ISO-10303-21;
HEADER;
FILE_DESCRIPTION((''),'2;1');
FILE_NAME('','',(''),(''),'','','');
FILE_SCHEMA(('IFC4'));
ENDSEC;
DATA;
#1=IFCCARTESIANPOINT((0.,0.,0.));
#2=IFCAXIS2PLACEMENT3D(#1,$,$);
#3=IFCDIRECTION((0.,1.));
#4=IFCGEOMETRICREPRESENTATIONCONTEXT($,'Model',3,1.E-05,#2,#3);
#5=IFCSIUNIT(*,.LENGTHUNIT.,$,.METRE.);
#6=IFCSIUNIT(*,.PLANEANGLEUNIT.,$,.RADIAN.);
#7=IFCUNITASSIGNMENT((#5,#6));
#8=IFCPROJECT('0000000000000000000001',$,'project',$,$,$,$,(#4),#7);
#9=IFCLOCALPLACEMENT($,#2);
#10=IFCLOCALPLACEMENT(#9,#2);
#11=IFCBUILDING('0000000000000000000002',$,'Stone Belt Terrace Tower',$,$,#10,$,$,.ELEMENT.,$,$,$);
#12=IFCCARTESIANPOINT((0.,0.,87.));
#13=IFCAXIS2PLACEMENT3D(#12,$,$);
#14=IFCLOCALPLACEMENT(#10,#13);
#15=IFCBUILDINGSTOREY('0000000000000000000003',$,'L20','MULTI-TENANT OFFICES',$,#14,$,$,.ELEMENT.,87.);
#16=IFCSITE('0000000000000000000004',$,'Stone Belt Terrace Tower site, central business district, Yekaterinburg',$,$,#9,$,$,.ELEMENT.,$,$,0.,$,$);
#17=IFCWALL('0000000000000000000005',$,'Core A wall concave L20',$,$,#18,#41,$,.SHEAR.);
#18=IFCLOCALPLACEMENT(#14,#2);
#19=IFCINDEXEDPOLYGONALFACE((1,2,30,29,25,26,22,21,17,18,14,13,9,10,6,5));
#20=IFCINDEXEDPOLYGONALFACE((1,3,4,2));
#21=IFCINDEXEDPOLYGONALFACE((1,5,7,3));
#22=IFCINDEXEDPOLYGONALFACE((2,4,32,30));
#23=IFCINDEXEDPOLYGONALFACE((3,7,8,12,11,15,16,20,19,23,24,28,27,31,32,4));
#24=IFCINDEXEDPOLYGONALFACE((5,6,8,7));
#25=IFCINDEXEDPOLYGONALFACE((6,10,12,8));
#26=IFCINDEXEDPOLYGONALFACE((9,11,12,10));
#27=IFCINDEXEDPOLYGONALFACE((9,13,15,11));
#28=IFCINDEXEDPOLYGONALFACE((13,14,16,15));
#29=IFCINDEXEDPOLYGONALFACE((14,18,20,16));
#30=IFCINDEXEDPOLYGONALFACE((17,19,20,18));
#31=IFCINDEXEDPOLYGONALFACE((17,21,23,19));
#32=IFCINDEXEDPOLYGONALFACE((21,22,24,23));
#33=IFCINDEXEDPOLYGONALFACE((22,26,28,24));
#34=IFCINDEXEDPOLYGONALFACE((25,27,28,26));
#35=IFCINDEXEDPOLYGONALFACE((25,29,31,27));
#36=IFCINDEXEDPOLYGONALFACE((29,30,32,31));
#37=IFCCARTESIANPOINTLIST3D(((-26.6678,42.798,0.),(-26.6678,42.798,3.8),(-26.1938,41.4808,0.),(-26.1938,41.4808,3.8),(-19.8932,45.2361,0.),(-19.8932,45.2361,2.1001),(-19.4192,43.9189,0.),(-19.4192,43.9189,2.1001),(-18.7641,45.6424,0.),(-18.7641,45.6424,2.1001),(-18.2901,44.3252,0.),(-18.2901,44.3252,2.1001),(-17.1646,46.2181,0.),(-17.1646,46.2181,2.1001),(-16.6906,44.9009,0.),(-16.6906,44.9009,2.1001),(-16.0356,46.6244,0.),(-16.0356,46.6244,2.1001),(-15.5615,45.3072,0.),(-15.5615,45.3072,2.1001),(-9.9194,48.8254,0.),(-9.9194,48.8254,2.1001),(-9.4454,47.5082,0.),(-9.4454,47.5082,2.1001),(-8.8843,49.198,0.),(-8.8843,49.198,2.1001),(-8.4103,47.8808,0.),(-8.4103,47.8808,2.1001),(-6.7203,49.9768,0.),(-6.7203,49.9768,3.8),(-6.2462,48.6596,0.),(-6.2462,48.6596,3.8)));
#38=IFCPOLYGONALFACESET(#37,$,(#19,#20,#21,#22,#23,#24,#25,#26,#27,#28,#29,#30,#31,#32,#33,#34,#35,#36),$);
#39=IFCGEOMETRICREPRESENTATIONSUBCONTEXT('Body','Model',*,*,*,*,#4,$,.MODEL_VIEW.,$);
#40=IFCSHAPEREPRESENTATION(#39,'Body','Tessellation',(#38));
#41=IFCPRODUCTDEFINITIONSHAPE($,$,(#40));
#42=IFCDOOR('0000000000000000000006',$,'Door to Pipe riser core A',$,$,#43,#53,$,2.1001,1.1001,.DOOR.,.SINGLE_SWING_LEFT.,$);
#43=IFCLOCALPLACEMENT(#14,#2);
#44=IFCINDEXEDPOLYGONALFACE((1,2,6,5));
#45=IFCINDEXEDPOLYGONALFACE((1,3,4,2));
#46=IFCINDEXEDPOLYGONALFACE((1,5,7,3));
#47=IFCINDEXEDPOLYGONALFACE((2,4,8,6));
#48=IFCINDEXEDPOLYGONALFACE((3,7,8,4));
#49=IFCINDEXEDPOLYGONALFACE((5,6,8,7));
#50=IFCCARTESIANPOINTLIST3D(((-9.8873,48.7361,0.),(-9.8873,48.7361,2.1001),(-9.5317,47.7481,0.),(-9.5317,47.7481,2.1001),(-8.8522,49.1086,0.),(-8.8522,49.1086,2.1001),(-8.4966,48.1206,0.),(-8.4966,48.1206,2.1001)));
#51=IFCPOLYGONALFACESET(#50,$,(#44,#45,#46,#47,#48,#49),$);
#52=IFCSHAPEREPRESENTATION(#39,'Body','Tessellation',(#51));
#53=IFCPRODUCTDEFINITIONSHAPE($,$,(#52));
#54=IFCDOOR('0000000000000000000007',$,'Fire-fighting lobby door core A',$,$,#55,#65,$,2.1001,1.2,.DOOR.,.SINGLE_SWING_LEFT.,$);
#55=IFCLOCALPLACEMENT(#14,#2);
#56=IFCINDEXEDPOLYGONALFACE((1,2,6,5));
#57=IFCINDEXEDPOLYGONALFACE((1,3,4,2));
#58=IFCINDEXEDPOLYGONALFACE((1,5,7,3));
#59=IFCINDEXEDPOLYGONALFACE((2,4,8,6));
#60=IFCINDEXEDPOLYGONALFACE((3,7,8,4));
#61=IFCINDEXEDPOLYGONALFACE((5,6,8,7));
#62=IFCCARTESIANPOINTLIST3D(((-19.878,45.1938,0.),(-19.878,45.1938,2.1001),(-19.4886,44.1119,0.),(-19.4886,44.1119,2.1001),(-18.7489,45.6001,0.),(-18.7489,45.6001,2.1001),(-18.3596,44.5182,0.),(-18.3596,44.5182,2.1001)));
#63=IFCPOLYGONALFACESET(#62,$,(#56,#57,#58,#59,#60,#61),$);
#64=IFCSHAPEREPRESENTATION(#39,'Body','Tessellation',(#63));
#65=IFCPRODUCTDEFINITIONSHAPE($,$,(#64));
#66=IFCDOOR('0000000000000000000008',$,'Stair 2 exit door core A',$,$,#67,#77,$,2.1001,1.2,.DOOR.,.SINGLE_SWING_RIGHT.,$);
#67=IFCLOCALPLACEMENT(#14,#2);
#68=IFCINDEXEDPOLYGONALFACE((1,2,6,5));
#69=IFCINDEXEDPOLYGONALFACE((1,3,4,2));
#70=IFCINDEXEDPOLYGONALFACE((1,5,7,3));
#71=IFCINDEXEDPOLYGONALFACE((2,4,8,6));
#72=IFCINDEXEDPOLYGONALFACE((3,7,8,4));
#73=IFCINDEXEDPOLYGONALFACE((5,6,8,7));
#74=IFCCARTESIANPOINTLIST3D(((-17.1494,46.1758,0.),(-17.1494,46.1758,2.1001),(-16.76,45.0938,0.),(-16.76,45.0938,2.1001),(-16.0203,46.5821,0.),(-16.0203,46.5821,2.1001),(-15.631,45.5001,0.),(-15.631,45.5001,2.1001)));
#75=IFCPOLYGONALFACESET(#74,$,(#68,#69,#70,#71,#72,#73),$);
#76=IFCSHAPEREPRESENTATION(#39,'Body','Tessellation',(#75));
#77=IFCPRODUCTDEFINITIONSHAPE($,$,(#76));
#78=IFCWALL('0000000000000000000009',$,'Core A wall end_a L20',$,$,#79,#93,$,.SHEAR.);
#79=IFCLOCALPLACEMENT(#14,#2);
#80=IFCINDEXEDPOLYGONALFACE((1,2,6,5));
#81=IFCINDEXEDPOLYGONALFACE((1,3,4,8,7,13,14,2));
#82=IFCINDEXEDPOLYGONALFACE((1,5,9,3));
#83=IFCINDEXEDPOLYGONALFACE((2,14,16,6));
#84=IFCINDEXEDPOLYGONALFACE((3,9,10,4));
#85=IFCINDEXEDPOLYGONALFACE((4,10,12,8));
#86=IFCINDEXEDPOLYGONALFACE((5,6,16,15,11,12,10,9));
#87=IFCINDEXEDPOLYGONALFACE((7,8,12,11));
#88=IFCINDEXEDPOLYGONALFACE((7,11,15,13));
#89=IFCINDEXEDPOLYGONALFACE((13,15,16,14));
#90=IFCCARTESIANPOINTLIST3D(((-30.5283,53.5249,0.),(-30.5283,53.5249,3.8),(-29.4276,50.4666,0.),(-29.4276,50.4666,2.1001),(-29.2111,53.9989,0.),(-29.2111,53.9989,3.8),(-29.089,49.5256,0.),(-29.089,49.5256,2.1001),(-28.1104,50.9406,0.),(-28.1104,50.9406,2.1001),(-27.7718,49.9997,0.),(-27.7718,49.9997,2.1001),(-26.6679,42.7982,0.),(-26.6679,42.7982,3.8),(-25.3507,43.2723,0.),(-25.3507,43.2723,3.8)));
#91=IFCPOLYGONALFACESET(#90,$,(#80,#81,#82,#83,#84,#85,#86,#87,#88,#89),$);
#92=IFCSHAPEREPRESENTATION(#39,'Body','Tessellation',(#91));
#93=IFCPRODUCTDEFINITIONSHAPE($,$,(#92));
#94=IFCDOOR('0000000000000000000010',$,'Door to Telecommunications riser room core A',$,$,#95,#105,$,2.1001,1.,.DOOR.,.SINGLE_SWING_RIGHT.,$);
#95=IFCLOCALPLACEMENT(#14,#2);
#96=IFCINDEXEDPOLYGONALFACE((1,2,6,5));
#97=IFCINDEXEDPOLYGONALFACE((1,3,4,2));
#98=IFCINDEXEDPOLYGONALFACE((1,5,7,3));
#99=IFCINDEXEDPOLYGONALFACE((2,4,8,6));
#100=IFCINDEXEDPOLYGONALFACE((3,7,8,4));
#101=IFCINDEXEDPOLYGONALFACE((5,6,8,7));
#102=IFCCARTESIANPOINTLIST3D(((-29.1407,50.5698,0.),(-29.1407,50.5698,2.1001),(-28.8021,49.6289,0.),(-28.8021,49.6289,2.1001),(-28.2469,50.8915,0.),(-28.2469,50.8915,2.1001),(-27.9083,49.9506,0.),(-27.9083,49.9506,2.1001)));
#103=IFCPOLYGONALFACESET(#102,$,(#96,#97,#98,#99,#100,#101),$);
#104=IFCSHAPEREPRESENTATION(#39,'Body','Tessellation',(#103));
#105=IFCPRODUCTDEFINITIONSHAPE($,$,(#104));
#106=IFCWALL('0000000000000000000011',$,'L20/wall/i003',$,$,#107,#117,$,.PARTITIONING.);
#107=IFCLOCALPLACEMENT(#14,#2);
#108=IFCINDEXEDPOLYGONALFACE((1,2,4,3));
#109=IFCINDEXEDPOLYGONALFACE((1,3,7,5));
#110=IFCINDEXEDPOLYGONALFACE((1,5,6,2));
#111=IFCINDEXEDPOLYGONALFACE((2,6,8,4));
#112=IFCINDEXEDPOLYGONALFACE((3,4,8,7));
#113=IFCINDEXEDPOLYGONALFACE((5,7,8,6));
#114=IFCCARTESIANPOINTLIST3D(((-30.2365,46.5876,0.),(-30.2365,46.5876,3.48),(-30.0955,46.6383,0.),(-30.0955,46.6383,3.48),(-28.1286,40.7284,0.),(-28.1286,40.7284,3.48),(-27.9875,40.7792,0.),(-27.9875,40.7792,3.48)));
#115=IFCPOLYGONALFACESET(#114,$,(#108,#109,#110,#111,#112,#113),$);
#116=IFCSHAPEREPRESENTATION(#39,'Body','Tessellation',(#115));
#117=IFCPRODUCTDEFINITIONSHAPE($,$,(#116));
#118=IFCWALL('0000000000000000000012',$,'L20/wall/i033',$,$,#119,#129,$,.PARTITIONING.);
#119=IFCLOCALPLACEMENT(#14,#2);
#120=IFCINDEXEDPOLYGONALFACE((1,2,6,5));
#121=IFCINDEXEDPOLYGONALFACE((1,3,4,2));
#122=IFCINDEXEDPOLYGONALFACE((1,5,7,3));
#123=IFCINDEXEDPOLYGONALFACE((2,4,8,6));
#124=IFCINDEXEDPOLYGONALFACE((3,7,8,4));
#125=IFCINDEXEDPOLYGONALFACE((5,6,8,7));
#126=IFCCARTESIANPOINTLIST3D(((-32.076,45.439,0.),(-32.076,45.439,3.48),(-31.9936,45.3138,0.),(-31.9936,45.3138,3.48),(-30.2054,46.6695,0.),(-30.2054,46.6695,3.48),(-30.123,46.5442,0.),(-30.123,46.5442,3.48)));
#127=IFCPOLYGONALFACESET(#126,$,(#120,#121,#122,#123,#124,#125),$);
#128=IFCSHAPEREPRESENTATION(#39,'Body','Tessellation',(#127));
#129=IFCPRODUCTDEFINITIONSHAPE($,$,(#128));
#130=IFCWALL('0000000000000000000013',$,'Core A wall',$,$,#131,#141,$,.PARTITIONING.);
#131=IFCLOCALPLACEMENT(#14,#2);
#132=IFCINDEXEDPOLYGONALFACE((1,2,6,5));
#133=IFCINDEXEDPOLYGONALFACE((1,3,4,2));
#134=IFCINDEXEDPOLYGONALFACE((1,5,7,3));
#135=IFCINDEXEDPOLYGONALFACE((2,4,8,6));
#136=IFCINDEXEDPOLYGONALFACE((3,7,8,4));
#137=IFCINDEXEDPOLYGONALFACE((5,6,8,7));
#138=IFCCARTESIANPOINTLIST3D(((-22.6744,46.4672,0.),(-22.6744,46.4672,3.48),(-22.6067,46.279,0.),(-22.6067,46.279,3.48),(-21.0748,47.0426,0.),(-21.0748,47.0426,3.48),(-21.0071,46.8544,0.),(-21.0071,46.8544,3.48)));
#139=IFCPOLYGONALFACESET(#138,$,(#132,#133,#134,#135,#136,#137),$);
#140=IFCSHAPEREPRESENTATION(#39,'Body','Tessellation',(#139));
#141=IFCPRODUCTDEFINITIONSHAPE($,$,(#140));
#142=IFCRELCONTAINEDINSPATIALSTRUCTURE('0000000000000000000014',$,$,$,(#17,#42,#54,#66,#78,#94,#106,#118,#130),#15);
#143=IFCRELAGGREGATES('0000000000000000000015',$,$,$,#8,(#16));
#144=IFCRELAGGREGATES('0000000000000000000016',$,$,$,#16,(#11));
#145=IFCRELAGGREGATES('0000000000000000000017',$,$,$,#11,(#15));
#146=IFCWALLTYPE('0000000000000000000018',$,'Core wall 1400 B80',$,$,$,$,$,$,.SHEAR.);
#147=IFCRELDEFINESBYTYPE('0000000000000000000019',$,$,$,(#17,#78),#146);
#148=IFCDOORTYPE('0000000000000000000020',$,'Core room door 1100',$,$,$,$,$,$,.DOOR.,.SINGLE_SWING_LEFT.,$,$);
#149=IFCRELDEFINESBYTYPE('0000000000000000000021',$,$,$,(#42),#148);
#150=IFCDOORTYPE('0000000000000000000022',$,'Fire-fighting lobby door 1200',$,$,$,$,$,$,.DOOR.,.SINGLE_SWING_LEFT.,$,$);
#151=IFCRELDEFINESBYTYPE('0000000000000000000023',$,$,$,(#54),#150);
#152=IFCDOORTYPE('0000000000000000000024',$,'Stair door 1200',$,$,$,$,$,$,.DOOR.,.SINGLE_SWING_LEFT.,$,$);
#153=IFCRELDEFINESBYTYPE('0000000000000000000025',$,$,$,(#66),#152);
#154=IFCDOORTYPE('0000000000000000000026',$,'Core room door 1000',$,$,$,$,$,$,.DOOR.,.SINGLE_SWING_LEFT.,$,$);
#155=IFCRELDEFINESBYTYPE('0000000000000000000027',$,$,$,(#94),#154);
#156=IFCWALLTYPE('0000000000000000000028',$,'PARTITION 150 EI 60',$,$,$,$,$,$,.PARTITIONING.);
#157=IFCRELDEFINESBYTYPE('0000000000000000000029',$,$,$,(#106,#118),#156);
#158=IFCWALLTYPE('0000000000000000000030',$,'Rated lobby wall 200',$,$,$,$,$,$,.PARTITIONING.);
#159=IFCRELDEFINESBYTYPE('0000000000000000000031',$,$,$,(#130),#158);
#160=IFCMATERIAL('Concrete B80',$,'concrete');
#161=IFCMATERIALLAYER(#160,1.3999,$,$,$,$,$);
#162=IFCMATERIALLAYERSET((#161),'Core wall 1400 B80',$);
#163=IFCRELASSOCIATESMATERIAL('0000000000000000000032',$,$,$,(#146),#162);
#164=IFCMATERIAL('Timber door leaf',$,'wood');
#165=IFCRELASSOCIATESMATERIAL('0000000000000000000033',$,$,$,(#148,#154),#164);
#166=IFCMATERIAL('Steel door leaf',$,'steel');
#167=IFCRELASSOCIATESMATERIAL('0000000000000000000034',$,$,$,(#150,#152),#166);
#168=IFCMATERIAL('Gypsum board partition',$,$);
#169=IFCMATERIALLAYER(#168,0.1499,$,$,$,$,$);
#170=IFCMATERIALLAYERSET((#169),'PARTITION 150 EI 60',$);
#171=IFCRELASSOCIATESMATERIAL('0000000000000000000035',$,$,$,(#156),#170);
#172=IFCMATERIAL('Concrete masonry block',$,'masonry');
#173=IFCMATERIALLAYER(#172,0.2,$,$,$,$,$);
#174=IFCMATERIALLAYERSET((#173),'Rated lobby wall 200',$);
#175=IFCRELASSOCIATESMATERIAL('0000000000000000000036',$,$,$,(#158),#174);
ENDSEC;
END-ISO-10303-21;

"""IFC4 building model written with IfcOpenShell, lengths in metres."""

from ifc_helpers import new_model, si_unit, direction, frame, frame_2d, origin, place, context, subcontext, project, spatial, rectangle, extrude, material, layer, layer_set, type_object, element, fill, save


model = new_model("IFC4")

# Units and contexts
model_context = context("Model", 3, precision=1e-05, world=origin(), true_north=direction((0.0, 1.0)))
body_context = subcontext(model_context, "Body", "Model", "MODEL_VIEW")
ifc_project = project(units=[si_unit("LENGTHUNIT", "METRE"), si_unit("PLANEANGLEUNIT", "RADIAN")], contexts=[model_context])

# Site, building, storey
site_placement = place(None, origin())
site = spatial("IfcSite", under=ifc_project, at=site_placement, Name="Stone Belt Terrace Tower site, central business district, Yekaterinburg", CompositionType="ELEMENT", RefElevation=0.0)
building_placement = place(site_placement, origin())
building = spatial("IfcBuilding", under=site, at=building_placement, Name="Stone Belt Terrace Tower", CompositionType="ELEMENT")
storey_placement = place(building_placement, frame((0.0, 0.0, 87.0)))
storey = spatial("IfcBuildingStorey", under=building, at=storey_placement, Name="L20", Description="MULTI-TENANT OFFICES", CompositionType="ELEMENT", Elevation=87.0)

# Wall, openings, doors
ifc_material_1 = material(Name="Concrete B80", Category="concrete")
ifc_layer_1 = layer(ifc_material_1, 1.3999)
ifc_layer_set_1 = layer_set([ifc_layer_1], Name="Core wall 1400 B80")
wall_type_1 = type_object("IfcWallType", Name="Core wall 1400 B80", PredefinedType="SHEAR", material=ifc_layer_set_1)
wall_1_placement = place(storey_placement, frame((-26.4309, 42.1394, 0.0), z_axis=(0.0, 0.0, 1.0), x_axis=(0.940923, 0.33862, 0.0)))
wall_1 = element("IfcWall", 1, at=wall_1_placement, inside=storey, type_object=wall_type_1, Name="Core A wall concave L20", PredefinedType="SHEAR", context=body_context, shape_type="SweptSolid", body=[
    extrude(rectangle(XDim=21.2, YDim=1.3999, at=frame_2d((10.6001, 0.0))), origin(), (0.0, 0.0, 1.0), 3.8),
])
opening_1_placement = place(wall_1_placement, frame((7.2, 0.0, 0.0)))
opening_1 = element("IfcOpeningElement", 2, at=opening_1_placement, cuts=wall_1, PredefinedType="OPENING", context=body_context, shape_type="SweptSolid", body=[
    extrude(rectangle(XDim=1.2, YDim=2.1001, at=frame_2d((0.6001, 1.05))), frame((0.0, 0.71, 0.0), z_axis=(0.0, -1.0, 0.0), x_axis=(1.0, 0.0, 0.0)), (0.0, 0.0, 1.0), 1.4199),
])
opening_2_placement = place(wall_1_placement, frame((10.0999, 0.0, 0.0)))
opening_2 = element("IfcOpeningElement", 3, at=opening_2_placement, cuts=wall_1, PredefinedType="OPENING", context=body_context, shape_type="SweptSolid", body=[
    extrude(rectangle(XDim=1.2, YDim=2.1001, at=frame_2d((0.6001, 1.05))), frame((0.0, 0.71, 0.0), z_axis=(0.0, -1.0, 0.0), x_axis=(1.0, 0.0, 0.0)), (0.0, 0.0, 1.0), 1.4199),
])
opening_3_placement = place(wall_1_placement, frame((17.8, 0.0, 0.0)))
opening_3 = element("IfcOpeningElement", 4, at=opening_3_placement, cuts=wall_1, PredefinedType="OPENING", context=body_context, shape_type="SweptSolid", body=[
    extrude(rectangle(XDim=1.1001, YDim=2.1001, at=frame_2d((0.55, 1.05))), frame((0.0, 0.71, 0.0), z_axis=(0.0, -1.0, 0.0), x_axis=(1.0, 0.0, 0.0)), (0.0, 0.0, 1.0), 1.4199),
])
ifc_material_2 = material(Name="Timber door leaf", Category="wood")
door_type_1 = type_object("IfcDoorType", Name="Core room door 1100", OperationType="SINGLE_SWING_LEFT", PredefinedType="DOOR", material=ifc_material_2)
door_1_placement = place(opening_3_placement, origin())
door_1 = element("IfcDoor", 5, at=door_1_placement, inside=storey, type_object=door_type_1, Name="Door to Pipe riser core A", OperationType="SINGLE_SWING_LEFT", OverallHeight=2.1001, OverallWidth=1.1001, PredefinedType="DOOR", context=body_context, shape_type="SweptSolid", body=[
    extrude(rectangle(XDim=1.1001, YDim=2.1001, at=frame_2d((0.55, 1.05))), frame((0.0, 0.605, 0.0), z_axis=(0.0, -1.0, 0.0), x_axis=(1.0, 0.0, 0.0)), (0.0, 0.0, 1.0), 1.05),
])
fill(opening_3, door_1)
ifc_material_3 = material(Name="Steel door leaf", Category="steel")
door_type_2 = type_object("IfcDoorType", Name="Fire-fighting lobby door 1200", OperationType="SINGLE_SWING_LEFT", PredefinedType="DOOR", material=ifc_material_3)
door_2_placement = place(opening_1_placement, origin())
door_2 = element("IfcDoor", 6, at=door_2_placement, inside=storey, type_object=door_type_2, Name="Fire-fighting lobby door core A", OperationType="SINGLE_SWING_LEFT", OverallHeight=2.1001, OverallWidth=1.2, PredefinedType="DOOR", context=body_context, shape_type="SweptSolid", body=[
    extrude(rectangle(XDim=1.2, YDim=2.1001, at=frame_2d((0.6001, 1.05))), frame((0.0, 0.655, 0.0), z_axis=(0.0, -1.0, 0.0), x_axis=(1.0, 0.0, 0.0)), (0.0, 0.0, 1.0), 1.1499),
])
fill(opening_1, door_2)
door_type_3 = type_object("IfcDoorType", Name="Stair door 1200", OperationType="SINGLE_SWING_LEFT", PredefinedType="DOOR", material=ifc_material_3)
door_3_placement = place(opening_2_placement, origin())
door_3 = element("IfcDoor", 7, at=door_3_placement, inside=storey, type_object=door_type_3, Name="Stair 2 exit door core A", OperationType="SINGLE_SWING_RIGHT", OverallHeight=2.1001, OverallWidth=1.2, PredefinedType="DOOR", context=body_context, shape_type="SweptSolid", body=[
    extrude(rectangle(XDim=1.2, YDim=2.1001, at=frame_2d((0.6001, 1.05))), frame((0.0, 0.655, 0.0), z_axis=(0.0, -1.0, 0.0), x_axis=(1.0, 0.0, 0.0)), (0.0, 0.0, 1.0), 1.1499),
])
fill(opening_2, door_3)

# Wall, opening, door
wall_2_placement = place(storey_placement, frame((-26.0093, 43.0352, 0.0), z_axis=(0.0, 0.0, 1.0), x_axis=(-0.338625, 0.940921, 0.0)))
wall_2 = element("IfcWall", 8, at=wall_2_placement, inside=storey, type_object=wall_type_1, Name="Core A wall end_a L20", PredefinedType="SHEAR", context=body_context, shape_type="SweptSolid", body=[
    extrude(rectangle(XDim=11.4001, YDim=1.3999, at=frame_2d((5.7002, 0.0))), origin(), (0.0, 0.0, 1.0), 3.8),
])
opening_4_placement = place(wall_2_placement, frame((7.1499, 0.0, 0.0)))
opening_4 = element("IfcOpeningElement", 9, at=opening_4_placement, cuts=wall_2, PredefinedType="OPENING", context=body_context, shape_type="SweptSolid", body=[
    extrude(rectangle(XDim=1.0, YDim=2.1001, at=frame_2d((0.5, 1.05))), frame((0.0, 0.71, 0.0), z_axis=(0.0, -1.0, 0.0), x_axis=(1.0, 0.0, 0.0)), (0.0, 0.0, 1.0), 1.4199),
])
door_type_4 = type_object("IfcDoorType", Name="Core room door 1000", OperationType="SINGLE_SWING_LEFT", PredefinedType="DOOR", material=ifc_material_2)
door_4_placement = place(opening_4_placement, origin())
door_4 = element("IfcDoor", 10, at=door_4_placement, inside=storey, type_object=door_type_4, Name="Door to Telecommunications riser room core A", OperationType="SINGLE_SWING_RIGHT", OverallHeight=2.1001, OverallWidth=1.0, PredefinedType="DOOR", context=body_context, shape_type="SweptSolid", body=[
    extrude(rectangle(XDim=1.0, YDim=2.1001, at=frame_2d((0.5, 1.05))), frame((0.0, 0.395, 0.0), z_axis=(0.0, -1.0, 0.0), x_axis=(1.0, 0.0, 0.0)), (0.0, 0.0, 1.0), 0.95),
])
fill(opening_4, door_4)

# Walls
ifc_material_4 = material(Name="Gypsum board partition")
ifc_layer_2 = layer(ifc_material_4, 0.1499)
ifc_layer_set_2 = layer_set([ifc_layer_2], Name="PARTITION 150 EI 60")
wall_type_2 = type_object("IfcWallType", Name="PARTITION 150 EI 60", PredefinedType="PARTITIONING", material=ifc_layer_set_2)
wall_3_placement = place(storey_placement, frame((-28.0581, 40.7539, 0.0), z_axis=(0.0, 0.0, 1.0), x_axis=(-0.338524, 0.940958, 0.0)))
element("IfcWall", 11, at=wall_3_placement, inside=storey, type_object=wall_type_2, Name="L20/wall/i003", PredefinedType="PARTITIONING", context=body_context, shape_type="SweptSolid", body=[
    extrude(rectangle(XDim=6.2268, YDim=0.1499, at=frame_2d((3.1133, 0.0))), origin(), (0.0, 0.0, 1.0), 3.48),
])
wall_4_placement = place(storey_placement, frame((-30.1641, 46.6069, 0.0), z_axis=(0.0, 0.0, 1.0), x_axis=(-0.835457, -0.549556, 0.0)))
element("IfcWall", 12, at=wall_4_placement, inside=storey, type_object=wall_type_2, Name="L20/wall/i033", PredefinedType="PARTITIONING", context=body_context, shape_type="SweptSolid", body=[
    extrude(rectangle(XDim=2.239, YDim=0.1499, at=frame_2d((1.1196, 0.0))), origin(), (0.0, 0.0, 1.0), 3.48),
])
ifc_material_5 = material(Name="Concrete masonry block", Category="masonry")
ifc_layer_3 = layer(ifc_material_5, 0.2)
ifc_layer_set_3 = layer_set([ifc_layer_3], Name="Rated lobby wall 200")
wall_type_3 = type_object("IfcWallType", Name="Rated lobby wall 200", PredefinedType="PARTITIONING", material=ifc_layer_set_3)
wall_5_placement = place(storey_placement, frame((-22.6406, 46.373, 0.0), z_axis=(0.0, 0.0, 1.0), x_axis=(0.940966, 0.338501, 0.0)))
element("IfcWall", 13, at=wall_5_placement, inside=storey, type_object=wall_type_3, Name="Core A wall", PredefinedType="PARTITIONING", context=body_context, shape_type="SweptSolid", body=[
    extrude(rectangle(XDim=1.7, YDim=0.2, at=frame_2d((0.8501, 0.0))), origin(), (0.0, 0.0, 1.0), 3.48),
])

save(model, "model.ifc")
